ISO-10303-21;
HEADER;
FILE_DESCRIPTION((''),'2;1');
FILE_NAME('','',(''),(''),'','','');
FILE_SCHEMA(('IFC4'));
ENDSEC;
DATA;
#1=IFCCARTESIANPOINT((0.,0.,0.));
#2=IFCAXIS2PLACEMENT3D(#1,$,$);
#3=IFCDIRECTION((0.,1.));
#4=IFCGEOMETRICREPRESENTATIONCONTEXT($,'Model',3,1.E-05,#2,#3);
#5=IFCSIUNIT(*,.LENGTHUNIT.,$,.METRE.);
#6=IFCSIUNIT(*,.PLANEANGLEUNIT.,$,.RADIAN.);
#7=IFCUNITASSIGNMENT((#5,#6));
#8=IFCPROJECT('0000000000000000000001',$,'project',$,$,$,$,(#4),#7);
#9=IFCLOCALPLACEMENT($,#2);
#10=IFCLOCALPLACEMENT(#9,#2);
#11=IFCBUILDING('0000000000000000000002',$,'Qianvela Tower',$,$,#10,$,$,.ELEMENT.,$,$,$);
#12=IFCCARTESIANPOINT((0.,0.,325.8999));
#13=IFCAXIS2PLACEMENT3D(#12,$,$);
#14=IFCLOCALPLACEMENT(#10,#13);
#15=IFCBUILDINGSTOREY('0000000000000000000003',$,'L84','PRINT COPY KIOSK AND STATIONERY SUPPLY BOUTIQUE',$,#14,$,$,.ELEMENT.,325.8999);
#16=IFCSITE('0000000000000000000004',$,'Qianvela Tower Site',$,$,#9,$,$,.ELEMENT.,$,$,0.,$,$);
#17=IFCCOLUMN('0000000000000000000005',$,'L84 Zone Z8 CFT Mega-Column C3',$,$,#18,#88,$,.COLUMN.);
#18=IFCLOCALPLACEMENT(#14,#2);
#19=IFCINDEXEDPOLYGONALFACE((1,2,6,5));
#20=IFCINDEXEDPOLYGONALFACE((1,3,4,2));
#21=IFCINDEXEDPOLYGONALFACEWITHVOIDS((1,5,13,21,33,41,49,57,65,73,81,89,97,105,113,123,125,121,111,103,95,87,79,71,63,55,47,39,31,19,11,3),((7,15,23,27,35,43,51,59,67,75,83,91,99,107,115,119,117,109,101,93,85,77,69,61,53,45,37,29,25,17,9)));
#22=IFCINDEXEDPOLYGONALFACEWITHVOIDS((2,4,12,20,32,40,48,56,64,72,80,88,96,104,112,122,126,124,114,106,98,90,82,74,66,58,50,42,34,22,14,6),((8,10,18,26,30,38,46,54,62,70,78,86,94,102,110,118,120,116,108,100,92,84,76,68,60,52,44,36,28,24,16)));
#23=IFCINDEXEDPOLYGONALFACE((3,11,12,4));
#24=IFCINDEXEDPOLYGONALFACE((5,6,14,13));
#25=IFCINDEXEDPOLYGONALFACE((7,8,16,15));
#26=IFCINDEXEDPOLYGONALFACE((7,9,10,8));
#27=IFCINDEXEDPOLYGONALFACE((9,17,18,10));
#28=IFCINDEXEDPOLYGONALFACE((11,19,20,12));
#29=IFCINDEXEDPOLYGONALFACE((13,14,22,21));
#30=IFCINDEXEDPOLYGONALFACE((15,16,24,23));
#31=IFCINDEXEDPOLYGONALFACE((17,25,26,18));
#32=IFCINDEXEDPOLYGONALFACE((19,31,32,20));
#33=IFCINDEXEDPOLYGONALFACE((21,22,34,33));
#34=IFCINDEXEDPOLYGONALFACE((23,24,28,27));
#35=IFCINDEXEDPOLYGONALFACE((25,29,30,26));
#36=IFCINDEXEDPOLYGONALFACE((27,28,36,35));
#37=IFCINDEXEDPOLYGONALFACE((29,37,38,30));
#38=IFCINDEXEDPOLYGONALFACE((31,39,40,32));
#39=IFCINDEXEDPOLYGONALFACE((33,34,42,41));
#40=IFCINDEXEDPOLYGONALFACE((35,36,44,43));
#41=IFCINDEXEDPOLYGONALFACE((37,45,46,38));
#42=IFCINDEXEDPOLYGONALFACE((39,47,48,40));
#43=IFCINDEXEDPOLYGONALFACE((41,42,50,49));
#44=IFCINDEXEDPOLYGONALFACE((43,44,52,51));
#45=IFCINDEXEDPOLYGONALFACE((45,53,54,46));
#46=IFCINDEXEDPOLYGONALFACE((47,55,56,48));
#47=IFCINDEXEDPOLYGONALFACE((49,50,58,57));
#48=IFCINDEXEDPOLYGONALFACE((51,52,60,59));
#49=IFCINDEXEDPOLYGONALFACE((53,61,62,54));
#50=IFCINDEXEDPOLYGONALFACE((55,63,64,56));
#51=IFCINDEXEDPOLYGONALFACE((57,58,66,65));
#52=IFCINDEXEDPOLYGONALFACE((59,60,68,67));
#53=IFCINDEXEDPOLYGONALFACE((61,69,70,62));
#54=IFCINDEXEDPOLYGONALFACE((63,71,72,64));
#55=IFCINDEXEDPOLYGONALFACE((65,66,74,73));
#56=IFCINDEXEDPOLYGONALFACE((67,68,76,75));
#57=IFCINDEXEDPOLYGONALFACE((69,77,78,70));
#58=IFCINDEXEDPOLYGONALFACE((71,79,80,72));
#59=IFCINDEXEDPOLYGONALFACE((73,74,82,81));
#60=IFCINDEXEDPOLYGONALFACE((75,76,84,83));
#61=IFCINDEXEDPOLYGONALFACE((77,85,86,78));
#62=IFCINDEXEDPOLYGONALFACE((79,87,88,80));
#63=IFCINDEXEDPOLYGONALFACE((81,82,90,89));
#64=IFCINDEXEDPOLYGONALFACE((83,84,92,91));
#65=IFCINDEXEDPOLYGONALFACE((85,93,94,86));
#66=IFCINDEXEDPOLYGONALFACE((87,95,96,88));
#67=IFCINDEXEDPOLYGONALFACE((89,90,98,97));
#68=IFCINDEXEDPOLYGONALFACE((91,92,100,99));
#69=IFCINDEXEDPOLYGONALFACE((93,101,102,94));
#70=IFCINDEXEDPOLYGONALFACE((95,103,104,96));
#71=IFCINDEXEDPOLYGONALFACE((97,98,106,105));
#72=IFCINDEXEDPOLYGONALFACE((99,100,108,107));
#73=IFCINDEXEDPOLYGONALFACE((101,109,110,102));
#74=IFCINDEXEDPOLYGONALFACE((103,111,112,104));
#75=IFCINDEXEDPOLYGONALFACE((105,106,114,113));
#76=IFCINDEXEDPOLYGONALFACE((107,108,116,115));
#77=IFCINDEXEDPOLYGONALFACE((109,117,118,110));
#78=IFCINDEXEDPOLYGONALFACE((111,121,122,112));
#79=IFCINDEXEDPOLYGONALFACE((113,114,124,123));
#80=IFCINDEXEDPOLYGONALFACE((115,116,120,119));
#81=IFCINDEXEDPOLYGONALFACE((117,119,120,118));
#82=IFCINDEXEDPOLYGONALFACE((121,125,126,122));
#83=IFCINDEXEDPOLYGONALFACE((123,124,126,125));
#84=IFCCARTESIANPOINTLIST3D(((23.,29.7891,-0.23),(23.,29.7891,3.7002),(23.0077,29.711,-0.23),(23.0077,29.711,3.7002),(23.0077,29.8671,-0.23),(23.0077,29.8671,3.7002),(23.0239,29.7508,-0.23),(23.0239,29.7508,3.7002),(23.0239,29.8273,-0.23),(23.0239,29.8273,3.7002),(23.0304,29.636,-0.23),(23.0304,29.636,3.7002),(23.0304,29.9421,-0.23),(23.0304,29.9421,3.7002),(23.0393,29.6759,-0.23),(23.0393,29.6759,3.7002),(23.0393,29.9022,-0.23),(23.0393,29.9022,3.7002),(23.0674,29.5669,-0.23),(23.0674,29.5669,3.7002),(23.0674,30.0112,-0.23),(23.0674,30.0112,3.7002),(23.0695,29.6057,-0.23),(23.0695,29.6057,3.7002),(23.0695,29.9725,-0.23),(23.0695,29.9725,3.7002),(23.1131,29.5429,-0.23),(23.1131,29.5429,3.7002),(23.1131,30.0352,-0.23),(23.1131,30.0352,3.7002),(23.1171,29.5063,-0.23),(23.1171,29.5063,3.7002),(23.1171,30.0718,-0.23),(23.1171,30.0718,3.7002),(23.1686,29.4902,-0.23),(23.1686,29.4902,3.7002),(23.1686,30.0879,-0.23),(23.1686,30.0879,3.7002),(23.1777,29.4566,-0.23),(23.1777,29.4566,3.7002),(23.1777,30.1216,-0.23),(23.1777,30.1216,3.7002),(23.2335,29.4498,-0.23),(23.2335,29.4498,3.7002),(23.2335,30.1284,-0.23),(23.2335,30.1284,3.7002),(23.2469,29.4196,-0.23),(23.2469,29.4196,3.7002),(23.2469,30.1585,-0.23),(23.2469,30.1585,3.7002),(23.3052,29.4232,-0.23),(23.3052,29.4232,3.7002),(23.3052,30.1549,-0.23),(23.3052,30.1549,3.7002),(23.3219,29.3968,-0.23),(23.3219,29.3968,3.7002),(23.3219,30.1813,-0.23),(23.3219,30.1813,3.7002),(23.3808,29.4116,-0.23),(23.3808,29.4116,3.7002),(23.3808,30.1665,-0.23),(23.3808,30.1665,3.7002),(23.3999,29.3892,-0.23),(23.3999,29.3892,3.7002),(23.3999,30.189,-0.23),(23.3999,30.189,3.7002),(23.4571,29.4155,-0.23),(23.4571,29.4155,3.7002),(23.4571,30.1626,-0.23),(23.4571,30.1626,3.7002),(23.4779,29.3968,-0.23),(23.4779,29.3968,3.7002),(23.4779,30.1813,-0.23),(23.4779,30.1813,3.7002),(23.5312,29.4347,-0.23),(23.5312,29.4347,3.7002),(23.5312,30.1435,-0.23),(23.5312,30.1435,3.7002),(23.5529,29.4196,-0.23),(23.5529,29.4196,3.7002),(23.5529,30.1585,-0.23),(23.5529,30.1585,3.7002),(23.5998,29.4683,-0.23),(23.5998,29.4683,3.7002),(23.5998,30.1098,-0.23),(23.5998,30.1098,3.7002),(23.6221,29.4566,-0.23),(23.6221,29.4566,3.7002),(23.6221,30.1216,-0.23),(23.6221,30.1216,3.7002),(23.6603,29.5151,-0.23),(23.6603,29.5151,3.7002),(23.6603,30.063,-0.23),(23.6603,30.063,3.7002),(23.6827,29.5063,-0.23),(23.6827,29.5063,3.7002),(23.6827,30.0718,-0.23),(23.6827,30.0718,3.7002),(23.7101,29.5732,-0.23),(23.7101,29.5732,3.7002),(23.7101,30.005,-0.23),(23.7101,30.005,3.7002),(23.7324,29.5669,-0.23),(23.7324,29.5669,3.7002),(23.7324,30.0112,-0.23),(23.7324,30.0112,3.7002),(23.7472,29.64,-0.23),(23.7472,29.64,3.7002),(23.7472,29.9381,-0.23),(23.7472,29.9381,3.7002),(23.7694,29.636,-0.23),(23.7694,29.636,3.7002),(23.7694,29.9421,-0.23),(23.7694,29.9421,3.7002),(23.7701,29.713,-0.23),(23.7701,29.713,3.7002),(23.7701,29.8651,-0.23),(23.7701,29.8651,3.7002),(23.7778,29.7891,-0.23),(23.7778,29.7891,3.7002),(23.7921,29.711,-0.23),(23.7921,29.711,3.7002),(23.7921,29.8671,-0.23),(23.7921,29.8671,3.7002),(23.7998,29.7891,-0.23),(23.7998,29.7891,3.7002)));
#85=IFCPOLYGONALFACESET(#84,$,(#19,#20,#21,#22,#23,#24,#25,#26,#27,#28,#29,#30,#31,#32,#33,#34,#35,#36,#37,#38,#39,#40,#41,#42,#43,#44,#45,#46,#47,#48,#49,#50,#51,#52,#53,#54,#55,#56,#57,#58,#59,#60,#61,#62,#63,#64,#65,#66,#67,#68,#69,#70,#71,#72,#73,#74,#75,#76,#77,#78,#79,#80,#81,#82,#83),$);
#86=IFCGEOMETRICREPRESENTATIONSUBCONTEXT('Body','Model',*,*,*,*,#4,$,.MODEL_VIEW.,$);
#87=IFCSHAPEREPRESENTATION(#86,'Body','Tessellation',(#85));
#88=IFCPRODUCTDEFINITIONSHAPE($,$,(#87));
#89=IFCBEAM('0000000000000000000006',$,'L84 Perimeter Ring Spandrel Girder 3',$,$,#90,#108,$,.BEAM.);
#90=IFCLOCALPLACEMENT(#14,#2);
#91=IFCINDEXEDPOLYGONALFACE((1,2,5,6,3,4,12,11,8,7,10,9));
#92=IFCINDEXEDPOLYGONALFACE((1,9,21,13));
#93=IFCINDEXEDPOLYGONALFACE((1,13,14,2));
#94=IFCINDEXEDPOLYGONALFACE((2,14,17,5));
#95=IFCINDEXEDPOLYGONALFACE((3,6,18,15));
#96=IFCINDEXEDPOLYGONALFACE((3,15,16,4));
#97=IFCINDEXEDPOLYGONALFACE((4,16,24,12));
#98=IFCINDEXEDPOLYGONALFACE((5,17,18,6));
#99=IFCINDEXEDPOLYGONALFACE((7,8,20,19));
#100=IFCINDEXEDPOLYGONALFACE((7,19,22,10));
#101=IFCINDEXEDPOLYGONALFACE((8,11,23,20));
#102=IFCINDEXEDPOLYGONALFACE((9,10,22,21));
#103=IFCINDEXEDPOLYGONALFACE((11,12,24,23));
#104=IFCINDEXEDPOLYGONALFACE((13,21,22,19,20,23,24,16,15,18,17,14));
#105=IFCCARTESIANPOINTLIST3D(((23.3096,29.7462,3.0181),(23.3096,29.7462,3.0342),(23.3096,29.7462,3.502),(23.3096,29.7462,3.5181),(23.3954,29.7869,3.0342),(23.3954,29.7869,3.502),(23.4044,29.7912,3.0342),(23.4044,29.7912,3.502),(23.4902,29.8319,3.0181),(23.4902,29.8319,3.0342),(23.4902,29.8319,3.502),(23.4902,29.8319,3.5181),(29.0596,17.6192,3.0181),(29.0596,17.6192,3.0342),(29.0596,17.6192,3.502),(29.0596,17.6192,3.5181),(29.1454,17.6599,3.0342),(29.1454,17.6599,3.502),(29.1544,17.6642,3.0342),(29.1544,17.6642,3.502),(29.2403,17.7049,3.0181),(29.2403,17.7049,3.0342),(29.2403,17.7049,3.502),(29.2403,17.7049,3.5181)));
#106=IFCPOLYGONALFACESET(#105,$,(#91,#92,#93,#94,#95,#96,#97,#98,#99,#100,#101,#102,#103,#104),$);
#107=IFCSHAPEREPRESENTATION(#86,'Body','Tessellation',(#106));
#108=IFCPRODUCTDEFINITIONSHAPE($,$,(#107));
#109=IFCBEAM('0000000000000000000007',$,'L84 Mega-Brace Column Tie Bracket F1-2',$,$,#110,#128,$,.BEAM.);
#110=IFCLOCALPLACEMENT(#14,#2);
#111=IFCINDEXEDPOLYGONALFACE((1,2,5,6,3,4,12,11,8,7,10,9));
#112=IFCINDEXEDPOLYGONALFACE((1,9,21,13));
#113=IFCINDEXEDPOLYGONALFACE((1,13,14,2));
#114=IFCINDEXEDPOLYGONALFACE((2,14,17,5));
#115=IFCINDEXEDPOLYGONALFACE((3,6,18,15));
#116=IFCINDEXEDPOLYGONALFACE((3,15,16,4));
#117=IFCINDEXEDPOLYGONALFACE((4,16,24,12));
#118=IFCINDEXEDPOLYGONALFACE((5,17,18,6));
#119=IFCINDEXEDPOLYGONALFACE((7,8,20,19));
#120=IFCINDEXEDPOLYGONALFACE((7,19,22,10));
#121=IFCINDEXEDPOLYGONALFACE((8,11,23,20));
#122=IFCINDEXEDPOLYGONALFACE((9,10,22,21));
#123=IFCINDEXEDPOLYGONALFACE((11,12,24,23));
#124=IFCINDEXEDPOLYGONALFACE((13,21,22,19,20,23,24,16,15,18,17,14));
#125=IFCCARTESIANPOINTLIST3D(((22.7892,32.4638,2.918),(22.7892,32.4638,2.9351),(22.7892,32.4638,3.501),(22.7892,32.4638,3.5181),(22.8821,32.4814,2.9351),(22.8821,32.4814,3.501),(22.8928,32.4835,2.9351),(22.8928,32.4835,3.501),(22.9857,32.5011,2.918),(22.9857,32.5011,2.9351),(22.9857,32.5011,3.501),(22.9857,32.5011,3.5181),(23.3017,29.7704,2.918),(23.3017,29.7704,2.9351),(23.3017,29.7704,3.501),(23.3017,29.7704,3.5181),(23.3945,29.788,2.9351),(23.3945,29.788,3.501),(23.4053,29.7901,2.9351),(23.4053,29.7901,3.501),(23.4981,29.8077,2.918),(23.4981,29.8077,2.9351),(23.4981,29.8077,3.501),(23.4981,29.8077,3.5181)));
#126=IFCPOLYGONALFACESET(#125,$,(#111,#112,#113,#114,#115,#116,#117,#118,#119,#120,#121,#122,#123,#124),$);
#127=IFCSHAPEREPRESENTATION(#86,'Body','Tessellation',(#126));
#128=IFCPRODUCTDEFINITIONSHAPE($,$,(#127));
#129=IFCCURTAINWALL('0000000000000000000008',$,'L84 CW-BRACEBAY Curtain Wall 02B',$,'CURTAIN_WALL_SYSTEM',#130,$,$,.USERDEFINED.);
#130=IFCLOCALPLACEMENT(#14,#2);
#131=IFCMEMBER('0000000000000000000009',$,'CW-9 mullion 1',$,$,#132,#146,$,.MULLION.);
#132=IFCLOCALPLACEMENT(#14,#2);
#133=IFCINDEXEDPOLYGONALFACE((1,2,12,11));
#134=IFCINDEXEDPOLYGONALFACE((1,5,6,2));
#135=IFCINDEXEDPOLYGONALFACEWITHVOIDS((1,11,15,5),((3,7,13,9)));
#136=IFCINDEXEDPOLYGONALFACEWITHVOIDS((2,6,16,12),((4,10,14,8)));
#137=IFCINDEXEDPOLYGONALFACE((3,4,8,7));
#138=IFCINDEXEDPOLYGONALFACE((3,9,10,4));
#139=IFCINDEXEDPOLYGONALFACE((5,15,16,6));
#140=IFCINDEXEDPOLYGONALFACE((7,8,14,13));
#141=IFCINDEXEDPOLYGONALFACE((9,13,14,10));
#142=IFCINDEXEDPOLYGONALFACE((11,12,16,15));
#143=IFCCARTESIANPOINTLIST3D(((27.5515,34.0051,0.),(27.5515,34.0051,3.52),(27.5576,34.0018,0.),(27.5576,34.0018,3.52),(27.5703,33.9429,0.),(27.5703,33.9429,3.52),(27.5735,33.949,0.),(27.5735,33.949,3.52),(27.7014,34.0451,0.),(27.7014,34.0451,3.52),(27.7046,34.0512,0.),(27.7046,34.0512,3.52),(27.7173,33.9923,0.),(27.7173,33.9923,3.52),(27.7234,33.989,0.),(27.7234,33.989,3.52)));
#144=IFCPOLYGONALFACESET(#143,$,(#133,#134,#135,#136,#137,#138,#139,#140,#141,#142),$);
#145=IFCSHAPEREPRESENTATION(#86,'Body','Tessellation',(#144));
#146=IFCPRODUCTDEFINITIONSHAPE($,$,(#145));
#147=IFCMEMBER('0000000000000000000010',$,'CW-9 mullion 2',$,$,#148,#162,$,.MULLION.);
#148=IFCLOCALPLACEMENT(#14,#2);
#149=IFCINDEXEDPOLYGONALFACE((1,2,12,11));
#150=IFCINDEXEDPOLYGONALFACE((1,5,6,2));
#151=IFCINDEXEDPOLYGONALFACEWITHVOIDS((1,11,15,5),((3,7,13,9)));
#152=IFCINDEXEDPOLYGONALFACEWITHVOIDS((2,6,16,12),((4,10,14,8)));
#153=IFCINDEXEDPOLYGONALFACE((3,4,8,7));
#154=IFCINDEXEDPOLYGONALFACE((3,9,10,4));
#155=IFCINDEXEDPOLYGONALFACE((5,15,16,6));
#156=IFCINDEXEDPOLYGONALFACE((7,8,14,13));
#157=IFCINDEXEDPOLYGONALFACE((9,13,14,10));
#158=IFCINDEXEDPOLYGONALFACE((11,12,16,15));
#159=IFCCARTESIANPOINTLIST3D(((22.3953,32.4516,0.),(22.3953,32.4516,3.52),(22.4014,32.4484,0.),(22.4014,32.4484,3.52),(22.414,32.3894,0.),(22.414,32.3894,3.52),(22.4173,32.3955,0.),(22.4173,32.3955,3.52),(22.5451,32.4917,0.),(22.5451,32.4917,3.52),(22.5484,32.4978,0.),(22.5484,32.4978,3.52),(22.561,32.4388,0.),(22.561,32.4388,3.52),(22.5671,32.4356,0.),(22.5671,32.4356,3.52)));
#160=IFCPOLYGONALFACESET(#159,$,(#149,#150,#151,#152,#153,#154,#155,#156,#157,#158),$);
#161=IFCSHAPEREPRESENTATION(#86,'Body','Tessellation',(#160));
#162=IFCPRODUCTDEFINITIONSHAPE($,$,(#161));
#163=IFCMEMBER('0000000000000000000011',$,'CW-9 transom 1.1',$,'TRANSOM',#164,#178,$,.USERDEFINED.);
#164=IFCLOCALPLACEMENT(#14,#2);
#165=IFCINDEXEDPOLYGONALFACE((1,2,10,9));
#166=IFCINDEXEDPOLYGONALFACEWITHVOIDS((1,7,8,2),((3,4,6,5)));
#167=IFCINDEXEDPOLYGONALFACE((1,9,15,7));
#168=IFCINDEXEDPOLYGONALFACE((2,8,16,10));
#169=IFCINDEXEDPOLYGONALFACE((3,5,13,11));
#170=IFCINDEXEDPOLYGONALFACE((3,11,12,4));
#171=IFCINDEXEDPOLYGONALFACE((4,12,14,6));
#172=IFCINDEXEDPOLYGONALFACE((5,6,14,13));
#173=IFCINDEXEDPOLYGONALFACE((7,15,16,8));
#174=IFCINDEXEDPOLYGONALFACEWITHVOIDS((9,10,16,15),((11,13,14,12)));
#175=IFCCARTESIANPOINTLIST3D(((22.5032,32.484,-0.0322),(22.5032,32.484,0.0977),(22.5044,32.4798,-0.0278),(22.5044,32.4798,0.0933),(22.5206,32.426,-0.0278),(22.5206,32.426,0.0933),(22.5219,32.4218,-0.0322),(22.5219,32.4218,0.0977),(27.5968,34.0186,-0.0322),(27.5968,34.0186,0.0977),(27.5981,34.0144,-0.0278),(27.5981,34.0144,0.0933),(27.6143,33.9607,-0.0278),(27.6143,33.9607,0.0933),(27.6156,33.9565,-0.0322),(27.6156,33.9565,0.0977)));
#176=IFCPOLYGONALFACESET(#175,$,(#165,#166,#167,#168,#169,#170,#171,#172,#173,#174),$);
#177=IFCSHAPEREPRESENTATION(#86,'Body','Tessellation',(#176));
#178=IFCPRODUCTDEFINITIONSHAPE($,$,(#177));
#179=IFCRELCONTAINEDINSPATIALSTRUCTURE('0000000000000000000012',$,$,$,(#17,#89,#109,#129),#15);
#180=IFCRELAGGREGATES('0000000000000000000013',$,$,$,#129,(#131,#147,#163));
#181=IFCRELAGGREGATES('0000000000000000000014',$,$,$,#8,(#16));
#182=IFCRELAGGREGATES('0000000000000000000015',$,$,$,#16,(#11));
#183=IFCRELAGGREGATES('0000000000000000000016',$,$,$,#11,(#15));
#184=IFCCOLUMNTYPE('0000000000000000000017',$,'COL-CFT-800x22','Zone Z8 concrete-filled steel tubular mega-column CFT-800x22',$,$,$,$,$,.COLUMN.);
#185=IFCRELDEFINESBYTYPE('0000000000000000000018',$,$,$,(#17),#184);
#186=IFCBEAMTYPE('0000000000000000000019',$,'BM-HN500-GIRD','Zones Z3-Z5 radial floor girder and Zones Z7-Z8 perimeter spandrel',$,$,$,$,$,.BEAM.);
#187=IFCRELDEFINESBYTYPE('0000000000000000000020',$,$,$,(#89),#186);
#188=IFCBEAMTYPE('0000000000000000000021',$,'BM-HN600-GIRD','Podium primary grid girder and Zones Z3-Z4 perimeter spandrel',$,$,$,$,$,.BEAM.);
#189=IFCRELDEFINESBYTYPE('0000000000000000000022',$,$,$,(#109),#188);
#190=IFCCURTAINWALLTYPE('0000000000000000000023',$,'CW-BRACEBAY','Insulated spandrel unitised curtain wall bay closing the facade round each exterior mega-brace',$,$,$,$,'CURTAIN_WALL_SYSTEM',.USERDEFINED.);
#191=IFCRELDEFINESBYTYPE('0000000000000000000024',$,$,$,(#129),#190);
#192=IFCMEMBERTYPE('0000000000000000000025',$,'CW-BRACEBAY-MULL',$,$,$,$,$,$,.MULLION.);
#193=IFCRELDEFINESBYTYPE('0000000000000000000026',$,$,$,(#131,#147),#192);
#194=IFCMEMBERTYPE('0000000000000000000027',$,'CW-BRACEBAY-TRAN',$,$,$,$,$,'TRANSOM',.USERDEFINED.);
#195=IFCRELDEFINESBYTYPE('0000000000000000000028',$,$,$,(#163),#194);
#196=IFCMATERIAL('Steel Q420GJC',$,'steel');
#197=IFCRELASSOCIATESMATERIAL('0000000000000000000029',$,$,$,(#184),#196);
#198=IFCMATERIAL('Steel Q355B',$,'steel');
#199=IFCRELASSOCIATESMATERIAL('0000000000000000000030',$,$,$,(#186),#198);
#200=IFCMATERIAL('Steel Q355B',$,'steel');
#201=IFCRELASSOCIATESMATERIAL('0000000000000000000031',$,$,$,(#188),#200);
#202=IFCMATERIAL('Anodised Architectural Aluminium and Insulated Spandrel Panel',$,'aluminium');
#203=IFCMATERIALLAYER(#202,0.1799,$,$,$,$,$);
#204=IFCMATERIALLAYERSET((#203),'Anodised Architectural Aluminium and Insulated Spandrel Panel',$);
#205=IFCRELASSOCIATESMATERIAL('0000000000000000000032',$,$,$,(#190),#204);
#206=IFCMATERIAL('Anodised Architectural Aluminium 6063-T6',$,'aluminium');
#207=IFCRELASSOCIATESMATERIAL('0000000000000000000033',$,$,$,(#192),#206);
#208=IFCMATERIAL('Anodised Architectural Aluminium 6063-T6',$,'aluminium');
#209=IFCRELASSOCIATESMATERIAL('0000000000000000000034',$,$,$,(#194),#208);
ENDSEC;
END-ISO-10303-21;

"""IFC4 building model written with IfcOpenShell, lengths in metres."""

from ifc_helpers import new_model, si_unit, direction, frame, origin, origin_2d, place, context, subcontext, project, spatial, hollow_rectangle, hollow_circle, i_section, extrude, material, layer, layer_set, material_profile, profile_set, type_object, element, aggregate, save


model = new_model("IFC4")

# Units and contexts
model_context = context("Model", 3, precision=1e-05, world=origin(), true_north=direction((0.0, 1.0)))
body_context = subcontext(model_context, "Body", "Model", "MODEL_VIEW")
ifc_project = project(units=[si_unit("LENGTHUNIT", "METRE"), si_unit("PLANEANGLEUNIT", "RADIAN")], contexts=[model_context])

# Site, building, storey
site_placement = place(None, origin())
site = spatial("IfcSite", under=ifc_project, at=site_placement, Name="Qianvela Tower Site", CompositionType="ELEMENT", RefElevation=0.0)
building_placement = place(site_placement, origin())
building = spatial("IfcBuilding", under=site, at=building_placement, Name="Qianvela Tower", CompositionType="ELEMENT")
storey_placement = place(building_placement, frame((0.0, 0.0, 325.8999)))
storey = spatial("IfcBuildingStorey", under=building, at=storey_placement, Name="L84", Description="PRINT COPY KIOSK AND STATIONERY SUPPLY BOUTIQUE", CompositionType="ELEMENT", Elevation=325.8999)

# Column
ifc_material_1 = material(Name="Steel Q420GJC", Category="steel")
ifc_material_profile_1 = material_profile(ifc_material_1, hollow_circle(Radius=0.3999, WallThickness=0.022, at=origin_2d()), Name="CFT-800x22")
ifc_profile_set_1 = profile_set([ifc_material_profile_1], Name="Steel Q420GJC")
column_type = type_object("IfcColumnType", Name="COL-CFT-800x22", Description="Zone Z8 concrete-filled steel tubular mega-column CFT-800x22", PredefinedType="COLUMN", material=ifc_profile_set_1)
column_placement = place(storey_placement, frame((23.3999, 29.7891, -0.23), z_axis=(0.0, 0.0, 1.0), x_axis=(1.0, 0.0, 0.0)))
element("IfcColumn", 1, at=column_placement, inside=storey, type_object=column_type, Name="L84 Zone Z8 CFT Mega-Column C3", PredefinedType="COLUMN", context=body_context, shape_type="SweptSolid", body=[
    extrude(hollow_circle(Radius=0.3999, WallThickness=0.022, at=origin_2d()), origin(), (0.0, 0.0, 1.0), 3.9302),
])

# Beams
ifc_material_2 = material(Name="Steel Q355B", Category="steel")
ifc_material_profile_2 = material_profile(ifc_material_2, i_section(OverallWidth=0.2, OverallDepth=0.5, WebThickness=0.01, FlangeThickness=0.0161, at=origin_2d()), Name="HN500x200x10x16")
ifc_profile_set_2 = profile_set([ifc_material_profile_2], Name="Steel Q355B")
beam_type_1 = type_object("IfcBeamType", Name="BM-HN500-GIRD", Description="Zones Z3-Z5 radial floor girder and Zones Z7-Z8 perimeter spandrel", PredefinedType="BEAM", material=ifc_profile_set_2)
beam_1_placement = place(storey_placement, frame((23.3999, 29.7891, 3.2681), z_axis=(0.42843, -0.903575, 0.0), x_axis=(0.903575, 0.42843, 0.0)))
element("IfcBeam", 2, at=beam_1_placement, inside=storey, type_object=beam_type_1, Name="L84 Perimeter Ring Spandrel Girder 3", PredefinedType="BEAM", context=body_context, shape_type="SweptSolid", body=[
    extrude(i_section(OverallWidth=0.2, OverallDepth=0.5, WebThickness=0.01, FlangeThickness=0.0161, at=origin_2d()), origin(), (0.0, 0.0, 1.0), 13.4211),
])
ifc_material_3 = material(Name="Steel Q355B", Category="steel")
ifc_material_profile_3 = material_profile(ifc_material_3, i_section(OverallWidth=0.2, OverallDepth=0.6001, WebThickness=0.011, FlangeThickness=0.0171, at=origin_2d()), Name="HN600x200x11x17")
ifc_profile_set_3 = profile_set([ifc_material_profile_3], Name="Steel Q355B")
beam_type_2 = type_object("IfcBeamType", Name="BM-HN600-GIRD", Description="Podium primary grid girder and Zones Z3-Z4 perimeter spandrel", PredefinedType="BEAM", material=ifc_profile_set_3)
beam_2_placement = place(storey_placement, frame((23.3999, 29.7891, 3.218), z_axis=(-0.186912, 0.982377, 0.0), x_axis=(-0.982377, -0.186912, 0.0)))
element("IfcBeam", 3, at=beam_2_placement, inside=storey, type_object=beam_type_2, Name="L84 Mega-Brace Column Tie Bracket F1-2", PredefinedType="BEAM", context=body_context, shape_type="SweptSolid", body=[
    extrude(i_section(OverallWidth=0.2, OverallDepth=0.6001, WebThickness=0.011, FlangeThickness=0.0171, at=origin_2d()), origin(), (0.0, 0.0, 1.0), 2.7417),
])

# Curtain wall, members
ifc_material_4 = material(Name="Anodised Architectural Aluminium and Insulated Spandrel Panel", Category="aluminium")
ifc_layer_1 = layer(ifc_material_4, 0.1799)
ifc_layer_set_1 = layer_set([ifc_layer_1], Name="Anodised Architectural Aluminium and Insulated Spandrel Panel")
curtain_wall_type_1 = type_object("IfcCurtainWallType", Name="CW-BRACEBAY", Description="Insulated spandrel unitised curtain wall bay closing the facade round each exterior mega-brace", ElementType="CURTAIN_WALL_SYSTEM", PredefinedType="USERDEFINED", material=ifc_layer_set_1)
curtain_wall_1_placement = place(storey_placement, origin())
curtain_wall_1 = element("IfcCurtainWall", 4, at=curtain_wall_1_placement, inside=storey, type_object=curtain_wall_type_1, Name="L84 CW-BRACEBAY Curtain Wall 02B", ObjectType="CURTAIN_WALL_SYSTEM", PredefinedType="USERDEFINED")
ifc_material_5 = material(Name="Anodised Architectural Aluminium 6063-T6", Category="aluminium")
ifc_material_profile_4 = material_profile(ifc_material_5, hollow_rectangle(XDim=0.0649, YDim=0.1599, WallThickness=0.0049, at=origin_2d()), Name="ALU-MULL-65x160")
ifc_profile_set_4 = profile_set([ifc_material_profile_4], Name="Anodised Architectural Aluminium 6063-T6")
member_type_1 = type_object("IfcMemberType", Name="CW-BRACEBAY-MULL", PredefinedType="MULLION", material=ifc_profile_set_4)
member_1_placement = place(storey_placement, frame((27.6375, 33.9971, 0.0), z_axis=(0.0, 0.0, 1.0), x_axis=(0.288477, -0.957487, 0.0)))
member_1 = element("IfcMember", 5, at=member_1_placement, type_object=member_type_1, Name="CW-9 mullion 1", PredefinedType="MULLION", context=body_context, shape_type="SweptSolid", body=[
    extrude(hollow_rectangle(XDim=0.0649, YDim=0.1599, WallThickness=0.0049, at=origin_2d()), origin(), (0.0, 0.0, 1.0), 3.52),
])
member_2_placement = place(storey_placement, frame((22.4812, 32.4436, 0.0), z_axis=(0.0, 0.0, 1.0), x_axis=(0.288477, -0.957487, 0.0)))
member_2 = element("IfcMember", 6, at=member_2_placement, type_object=member_type_1, Name="CW-9 mullion 2", PredefinedType="MULLION", context=body_context, shape_type="SweptSolid", body=[
    extrude(hollow_rectangle(XDim=0.0649, YDim=0.1599, WallThickness=0.0049, at=origin_2d()), origin(), (0.0, 0.0, 1.0), 3.52),
])
ifc_material_6 = material(Name="Anodised Architectural Aluminium 6063-T6", Category="aluminium")
ifc_material_profile_5 = material_profile(ifc_material_6, hollow_rectangle(XDim=0.0649, YDim=0.1299, WallThickness=0.0044, at=origin_2d()), Name="ALU-TRAN-65x130")
ifc_profile_set_5 = profile_set([ifc_material_profile_5], Name="Anodised Architectural Aluminium 6063-T6")
member_type_2 = type_object("IfcMemberType", Name="CW-BRACEBAY-TRAN", ElementType="TRANSOM", PredefinedType="USERDEFINED", material=ifc_profile_set_5)
member_3_placement = place(storey_placement, frame((27.6062, 33.9875, 0.0327), z_axis=(-0.957487, -0.288476, 0.0), x_axis=(0.288476, -0.957487, 0.0)))
member_3 = element("IfcMember", 7, at=member_3_placement, type_object=member_type_2, Name="CW-9 transom 1.1", ObjectType="TRANSOM", PredefinedType="USERDEFINED", context=body_context, shape_type="SweptSolid", body=[
    extrude(hollow_rectangle(XDim=0.0649, YDim=0.1299, WallThickness=0.0044, at=origin_2d()), origin(), (0.0, 0.0, 1.0), 5.3198),
])

aggregate(curtain_wall_1, [member_1, member_2, member_3])

save(model, "model.ifc")
